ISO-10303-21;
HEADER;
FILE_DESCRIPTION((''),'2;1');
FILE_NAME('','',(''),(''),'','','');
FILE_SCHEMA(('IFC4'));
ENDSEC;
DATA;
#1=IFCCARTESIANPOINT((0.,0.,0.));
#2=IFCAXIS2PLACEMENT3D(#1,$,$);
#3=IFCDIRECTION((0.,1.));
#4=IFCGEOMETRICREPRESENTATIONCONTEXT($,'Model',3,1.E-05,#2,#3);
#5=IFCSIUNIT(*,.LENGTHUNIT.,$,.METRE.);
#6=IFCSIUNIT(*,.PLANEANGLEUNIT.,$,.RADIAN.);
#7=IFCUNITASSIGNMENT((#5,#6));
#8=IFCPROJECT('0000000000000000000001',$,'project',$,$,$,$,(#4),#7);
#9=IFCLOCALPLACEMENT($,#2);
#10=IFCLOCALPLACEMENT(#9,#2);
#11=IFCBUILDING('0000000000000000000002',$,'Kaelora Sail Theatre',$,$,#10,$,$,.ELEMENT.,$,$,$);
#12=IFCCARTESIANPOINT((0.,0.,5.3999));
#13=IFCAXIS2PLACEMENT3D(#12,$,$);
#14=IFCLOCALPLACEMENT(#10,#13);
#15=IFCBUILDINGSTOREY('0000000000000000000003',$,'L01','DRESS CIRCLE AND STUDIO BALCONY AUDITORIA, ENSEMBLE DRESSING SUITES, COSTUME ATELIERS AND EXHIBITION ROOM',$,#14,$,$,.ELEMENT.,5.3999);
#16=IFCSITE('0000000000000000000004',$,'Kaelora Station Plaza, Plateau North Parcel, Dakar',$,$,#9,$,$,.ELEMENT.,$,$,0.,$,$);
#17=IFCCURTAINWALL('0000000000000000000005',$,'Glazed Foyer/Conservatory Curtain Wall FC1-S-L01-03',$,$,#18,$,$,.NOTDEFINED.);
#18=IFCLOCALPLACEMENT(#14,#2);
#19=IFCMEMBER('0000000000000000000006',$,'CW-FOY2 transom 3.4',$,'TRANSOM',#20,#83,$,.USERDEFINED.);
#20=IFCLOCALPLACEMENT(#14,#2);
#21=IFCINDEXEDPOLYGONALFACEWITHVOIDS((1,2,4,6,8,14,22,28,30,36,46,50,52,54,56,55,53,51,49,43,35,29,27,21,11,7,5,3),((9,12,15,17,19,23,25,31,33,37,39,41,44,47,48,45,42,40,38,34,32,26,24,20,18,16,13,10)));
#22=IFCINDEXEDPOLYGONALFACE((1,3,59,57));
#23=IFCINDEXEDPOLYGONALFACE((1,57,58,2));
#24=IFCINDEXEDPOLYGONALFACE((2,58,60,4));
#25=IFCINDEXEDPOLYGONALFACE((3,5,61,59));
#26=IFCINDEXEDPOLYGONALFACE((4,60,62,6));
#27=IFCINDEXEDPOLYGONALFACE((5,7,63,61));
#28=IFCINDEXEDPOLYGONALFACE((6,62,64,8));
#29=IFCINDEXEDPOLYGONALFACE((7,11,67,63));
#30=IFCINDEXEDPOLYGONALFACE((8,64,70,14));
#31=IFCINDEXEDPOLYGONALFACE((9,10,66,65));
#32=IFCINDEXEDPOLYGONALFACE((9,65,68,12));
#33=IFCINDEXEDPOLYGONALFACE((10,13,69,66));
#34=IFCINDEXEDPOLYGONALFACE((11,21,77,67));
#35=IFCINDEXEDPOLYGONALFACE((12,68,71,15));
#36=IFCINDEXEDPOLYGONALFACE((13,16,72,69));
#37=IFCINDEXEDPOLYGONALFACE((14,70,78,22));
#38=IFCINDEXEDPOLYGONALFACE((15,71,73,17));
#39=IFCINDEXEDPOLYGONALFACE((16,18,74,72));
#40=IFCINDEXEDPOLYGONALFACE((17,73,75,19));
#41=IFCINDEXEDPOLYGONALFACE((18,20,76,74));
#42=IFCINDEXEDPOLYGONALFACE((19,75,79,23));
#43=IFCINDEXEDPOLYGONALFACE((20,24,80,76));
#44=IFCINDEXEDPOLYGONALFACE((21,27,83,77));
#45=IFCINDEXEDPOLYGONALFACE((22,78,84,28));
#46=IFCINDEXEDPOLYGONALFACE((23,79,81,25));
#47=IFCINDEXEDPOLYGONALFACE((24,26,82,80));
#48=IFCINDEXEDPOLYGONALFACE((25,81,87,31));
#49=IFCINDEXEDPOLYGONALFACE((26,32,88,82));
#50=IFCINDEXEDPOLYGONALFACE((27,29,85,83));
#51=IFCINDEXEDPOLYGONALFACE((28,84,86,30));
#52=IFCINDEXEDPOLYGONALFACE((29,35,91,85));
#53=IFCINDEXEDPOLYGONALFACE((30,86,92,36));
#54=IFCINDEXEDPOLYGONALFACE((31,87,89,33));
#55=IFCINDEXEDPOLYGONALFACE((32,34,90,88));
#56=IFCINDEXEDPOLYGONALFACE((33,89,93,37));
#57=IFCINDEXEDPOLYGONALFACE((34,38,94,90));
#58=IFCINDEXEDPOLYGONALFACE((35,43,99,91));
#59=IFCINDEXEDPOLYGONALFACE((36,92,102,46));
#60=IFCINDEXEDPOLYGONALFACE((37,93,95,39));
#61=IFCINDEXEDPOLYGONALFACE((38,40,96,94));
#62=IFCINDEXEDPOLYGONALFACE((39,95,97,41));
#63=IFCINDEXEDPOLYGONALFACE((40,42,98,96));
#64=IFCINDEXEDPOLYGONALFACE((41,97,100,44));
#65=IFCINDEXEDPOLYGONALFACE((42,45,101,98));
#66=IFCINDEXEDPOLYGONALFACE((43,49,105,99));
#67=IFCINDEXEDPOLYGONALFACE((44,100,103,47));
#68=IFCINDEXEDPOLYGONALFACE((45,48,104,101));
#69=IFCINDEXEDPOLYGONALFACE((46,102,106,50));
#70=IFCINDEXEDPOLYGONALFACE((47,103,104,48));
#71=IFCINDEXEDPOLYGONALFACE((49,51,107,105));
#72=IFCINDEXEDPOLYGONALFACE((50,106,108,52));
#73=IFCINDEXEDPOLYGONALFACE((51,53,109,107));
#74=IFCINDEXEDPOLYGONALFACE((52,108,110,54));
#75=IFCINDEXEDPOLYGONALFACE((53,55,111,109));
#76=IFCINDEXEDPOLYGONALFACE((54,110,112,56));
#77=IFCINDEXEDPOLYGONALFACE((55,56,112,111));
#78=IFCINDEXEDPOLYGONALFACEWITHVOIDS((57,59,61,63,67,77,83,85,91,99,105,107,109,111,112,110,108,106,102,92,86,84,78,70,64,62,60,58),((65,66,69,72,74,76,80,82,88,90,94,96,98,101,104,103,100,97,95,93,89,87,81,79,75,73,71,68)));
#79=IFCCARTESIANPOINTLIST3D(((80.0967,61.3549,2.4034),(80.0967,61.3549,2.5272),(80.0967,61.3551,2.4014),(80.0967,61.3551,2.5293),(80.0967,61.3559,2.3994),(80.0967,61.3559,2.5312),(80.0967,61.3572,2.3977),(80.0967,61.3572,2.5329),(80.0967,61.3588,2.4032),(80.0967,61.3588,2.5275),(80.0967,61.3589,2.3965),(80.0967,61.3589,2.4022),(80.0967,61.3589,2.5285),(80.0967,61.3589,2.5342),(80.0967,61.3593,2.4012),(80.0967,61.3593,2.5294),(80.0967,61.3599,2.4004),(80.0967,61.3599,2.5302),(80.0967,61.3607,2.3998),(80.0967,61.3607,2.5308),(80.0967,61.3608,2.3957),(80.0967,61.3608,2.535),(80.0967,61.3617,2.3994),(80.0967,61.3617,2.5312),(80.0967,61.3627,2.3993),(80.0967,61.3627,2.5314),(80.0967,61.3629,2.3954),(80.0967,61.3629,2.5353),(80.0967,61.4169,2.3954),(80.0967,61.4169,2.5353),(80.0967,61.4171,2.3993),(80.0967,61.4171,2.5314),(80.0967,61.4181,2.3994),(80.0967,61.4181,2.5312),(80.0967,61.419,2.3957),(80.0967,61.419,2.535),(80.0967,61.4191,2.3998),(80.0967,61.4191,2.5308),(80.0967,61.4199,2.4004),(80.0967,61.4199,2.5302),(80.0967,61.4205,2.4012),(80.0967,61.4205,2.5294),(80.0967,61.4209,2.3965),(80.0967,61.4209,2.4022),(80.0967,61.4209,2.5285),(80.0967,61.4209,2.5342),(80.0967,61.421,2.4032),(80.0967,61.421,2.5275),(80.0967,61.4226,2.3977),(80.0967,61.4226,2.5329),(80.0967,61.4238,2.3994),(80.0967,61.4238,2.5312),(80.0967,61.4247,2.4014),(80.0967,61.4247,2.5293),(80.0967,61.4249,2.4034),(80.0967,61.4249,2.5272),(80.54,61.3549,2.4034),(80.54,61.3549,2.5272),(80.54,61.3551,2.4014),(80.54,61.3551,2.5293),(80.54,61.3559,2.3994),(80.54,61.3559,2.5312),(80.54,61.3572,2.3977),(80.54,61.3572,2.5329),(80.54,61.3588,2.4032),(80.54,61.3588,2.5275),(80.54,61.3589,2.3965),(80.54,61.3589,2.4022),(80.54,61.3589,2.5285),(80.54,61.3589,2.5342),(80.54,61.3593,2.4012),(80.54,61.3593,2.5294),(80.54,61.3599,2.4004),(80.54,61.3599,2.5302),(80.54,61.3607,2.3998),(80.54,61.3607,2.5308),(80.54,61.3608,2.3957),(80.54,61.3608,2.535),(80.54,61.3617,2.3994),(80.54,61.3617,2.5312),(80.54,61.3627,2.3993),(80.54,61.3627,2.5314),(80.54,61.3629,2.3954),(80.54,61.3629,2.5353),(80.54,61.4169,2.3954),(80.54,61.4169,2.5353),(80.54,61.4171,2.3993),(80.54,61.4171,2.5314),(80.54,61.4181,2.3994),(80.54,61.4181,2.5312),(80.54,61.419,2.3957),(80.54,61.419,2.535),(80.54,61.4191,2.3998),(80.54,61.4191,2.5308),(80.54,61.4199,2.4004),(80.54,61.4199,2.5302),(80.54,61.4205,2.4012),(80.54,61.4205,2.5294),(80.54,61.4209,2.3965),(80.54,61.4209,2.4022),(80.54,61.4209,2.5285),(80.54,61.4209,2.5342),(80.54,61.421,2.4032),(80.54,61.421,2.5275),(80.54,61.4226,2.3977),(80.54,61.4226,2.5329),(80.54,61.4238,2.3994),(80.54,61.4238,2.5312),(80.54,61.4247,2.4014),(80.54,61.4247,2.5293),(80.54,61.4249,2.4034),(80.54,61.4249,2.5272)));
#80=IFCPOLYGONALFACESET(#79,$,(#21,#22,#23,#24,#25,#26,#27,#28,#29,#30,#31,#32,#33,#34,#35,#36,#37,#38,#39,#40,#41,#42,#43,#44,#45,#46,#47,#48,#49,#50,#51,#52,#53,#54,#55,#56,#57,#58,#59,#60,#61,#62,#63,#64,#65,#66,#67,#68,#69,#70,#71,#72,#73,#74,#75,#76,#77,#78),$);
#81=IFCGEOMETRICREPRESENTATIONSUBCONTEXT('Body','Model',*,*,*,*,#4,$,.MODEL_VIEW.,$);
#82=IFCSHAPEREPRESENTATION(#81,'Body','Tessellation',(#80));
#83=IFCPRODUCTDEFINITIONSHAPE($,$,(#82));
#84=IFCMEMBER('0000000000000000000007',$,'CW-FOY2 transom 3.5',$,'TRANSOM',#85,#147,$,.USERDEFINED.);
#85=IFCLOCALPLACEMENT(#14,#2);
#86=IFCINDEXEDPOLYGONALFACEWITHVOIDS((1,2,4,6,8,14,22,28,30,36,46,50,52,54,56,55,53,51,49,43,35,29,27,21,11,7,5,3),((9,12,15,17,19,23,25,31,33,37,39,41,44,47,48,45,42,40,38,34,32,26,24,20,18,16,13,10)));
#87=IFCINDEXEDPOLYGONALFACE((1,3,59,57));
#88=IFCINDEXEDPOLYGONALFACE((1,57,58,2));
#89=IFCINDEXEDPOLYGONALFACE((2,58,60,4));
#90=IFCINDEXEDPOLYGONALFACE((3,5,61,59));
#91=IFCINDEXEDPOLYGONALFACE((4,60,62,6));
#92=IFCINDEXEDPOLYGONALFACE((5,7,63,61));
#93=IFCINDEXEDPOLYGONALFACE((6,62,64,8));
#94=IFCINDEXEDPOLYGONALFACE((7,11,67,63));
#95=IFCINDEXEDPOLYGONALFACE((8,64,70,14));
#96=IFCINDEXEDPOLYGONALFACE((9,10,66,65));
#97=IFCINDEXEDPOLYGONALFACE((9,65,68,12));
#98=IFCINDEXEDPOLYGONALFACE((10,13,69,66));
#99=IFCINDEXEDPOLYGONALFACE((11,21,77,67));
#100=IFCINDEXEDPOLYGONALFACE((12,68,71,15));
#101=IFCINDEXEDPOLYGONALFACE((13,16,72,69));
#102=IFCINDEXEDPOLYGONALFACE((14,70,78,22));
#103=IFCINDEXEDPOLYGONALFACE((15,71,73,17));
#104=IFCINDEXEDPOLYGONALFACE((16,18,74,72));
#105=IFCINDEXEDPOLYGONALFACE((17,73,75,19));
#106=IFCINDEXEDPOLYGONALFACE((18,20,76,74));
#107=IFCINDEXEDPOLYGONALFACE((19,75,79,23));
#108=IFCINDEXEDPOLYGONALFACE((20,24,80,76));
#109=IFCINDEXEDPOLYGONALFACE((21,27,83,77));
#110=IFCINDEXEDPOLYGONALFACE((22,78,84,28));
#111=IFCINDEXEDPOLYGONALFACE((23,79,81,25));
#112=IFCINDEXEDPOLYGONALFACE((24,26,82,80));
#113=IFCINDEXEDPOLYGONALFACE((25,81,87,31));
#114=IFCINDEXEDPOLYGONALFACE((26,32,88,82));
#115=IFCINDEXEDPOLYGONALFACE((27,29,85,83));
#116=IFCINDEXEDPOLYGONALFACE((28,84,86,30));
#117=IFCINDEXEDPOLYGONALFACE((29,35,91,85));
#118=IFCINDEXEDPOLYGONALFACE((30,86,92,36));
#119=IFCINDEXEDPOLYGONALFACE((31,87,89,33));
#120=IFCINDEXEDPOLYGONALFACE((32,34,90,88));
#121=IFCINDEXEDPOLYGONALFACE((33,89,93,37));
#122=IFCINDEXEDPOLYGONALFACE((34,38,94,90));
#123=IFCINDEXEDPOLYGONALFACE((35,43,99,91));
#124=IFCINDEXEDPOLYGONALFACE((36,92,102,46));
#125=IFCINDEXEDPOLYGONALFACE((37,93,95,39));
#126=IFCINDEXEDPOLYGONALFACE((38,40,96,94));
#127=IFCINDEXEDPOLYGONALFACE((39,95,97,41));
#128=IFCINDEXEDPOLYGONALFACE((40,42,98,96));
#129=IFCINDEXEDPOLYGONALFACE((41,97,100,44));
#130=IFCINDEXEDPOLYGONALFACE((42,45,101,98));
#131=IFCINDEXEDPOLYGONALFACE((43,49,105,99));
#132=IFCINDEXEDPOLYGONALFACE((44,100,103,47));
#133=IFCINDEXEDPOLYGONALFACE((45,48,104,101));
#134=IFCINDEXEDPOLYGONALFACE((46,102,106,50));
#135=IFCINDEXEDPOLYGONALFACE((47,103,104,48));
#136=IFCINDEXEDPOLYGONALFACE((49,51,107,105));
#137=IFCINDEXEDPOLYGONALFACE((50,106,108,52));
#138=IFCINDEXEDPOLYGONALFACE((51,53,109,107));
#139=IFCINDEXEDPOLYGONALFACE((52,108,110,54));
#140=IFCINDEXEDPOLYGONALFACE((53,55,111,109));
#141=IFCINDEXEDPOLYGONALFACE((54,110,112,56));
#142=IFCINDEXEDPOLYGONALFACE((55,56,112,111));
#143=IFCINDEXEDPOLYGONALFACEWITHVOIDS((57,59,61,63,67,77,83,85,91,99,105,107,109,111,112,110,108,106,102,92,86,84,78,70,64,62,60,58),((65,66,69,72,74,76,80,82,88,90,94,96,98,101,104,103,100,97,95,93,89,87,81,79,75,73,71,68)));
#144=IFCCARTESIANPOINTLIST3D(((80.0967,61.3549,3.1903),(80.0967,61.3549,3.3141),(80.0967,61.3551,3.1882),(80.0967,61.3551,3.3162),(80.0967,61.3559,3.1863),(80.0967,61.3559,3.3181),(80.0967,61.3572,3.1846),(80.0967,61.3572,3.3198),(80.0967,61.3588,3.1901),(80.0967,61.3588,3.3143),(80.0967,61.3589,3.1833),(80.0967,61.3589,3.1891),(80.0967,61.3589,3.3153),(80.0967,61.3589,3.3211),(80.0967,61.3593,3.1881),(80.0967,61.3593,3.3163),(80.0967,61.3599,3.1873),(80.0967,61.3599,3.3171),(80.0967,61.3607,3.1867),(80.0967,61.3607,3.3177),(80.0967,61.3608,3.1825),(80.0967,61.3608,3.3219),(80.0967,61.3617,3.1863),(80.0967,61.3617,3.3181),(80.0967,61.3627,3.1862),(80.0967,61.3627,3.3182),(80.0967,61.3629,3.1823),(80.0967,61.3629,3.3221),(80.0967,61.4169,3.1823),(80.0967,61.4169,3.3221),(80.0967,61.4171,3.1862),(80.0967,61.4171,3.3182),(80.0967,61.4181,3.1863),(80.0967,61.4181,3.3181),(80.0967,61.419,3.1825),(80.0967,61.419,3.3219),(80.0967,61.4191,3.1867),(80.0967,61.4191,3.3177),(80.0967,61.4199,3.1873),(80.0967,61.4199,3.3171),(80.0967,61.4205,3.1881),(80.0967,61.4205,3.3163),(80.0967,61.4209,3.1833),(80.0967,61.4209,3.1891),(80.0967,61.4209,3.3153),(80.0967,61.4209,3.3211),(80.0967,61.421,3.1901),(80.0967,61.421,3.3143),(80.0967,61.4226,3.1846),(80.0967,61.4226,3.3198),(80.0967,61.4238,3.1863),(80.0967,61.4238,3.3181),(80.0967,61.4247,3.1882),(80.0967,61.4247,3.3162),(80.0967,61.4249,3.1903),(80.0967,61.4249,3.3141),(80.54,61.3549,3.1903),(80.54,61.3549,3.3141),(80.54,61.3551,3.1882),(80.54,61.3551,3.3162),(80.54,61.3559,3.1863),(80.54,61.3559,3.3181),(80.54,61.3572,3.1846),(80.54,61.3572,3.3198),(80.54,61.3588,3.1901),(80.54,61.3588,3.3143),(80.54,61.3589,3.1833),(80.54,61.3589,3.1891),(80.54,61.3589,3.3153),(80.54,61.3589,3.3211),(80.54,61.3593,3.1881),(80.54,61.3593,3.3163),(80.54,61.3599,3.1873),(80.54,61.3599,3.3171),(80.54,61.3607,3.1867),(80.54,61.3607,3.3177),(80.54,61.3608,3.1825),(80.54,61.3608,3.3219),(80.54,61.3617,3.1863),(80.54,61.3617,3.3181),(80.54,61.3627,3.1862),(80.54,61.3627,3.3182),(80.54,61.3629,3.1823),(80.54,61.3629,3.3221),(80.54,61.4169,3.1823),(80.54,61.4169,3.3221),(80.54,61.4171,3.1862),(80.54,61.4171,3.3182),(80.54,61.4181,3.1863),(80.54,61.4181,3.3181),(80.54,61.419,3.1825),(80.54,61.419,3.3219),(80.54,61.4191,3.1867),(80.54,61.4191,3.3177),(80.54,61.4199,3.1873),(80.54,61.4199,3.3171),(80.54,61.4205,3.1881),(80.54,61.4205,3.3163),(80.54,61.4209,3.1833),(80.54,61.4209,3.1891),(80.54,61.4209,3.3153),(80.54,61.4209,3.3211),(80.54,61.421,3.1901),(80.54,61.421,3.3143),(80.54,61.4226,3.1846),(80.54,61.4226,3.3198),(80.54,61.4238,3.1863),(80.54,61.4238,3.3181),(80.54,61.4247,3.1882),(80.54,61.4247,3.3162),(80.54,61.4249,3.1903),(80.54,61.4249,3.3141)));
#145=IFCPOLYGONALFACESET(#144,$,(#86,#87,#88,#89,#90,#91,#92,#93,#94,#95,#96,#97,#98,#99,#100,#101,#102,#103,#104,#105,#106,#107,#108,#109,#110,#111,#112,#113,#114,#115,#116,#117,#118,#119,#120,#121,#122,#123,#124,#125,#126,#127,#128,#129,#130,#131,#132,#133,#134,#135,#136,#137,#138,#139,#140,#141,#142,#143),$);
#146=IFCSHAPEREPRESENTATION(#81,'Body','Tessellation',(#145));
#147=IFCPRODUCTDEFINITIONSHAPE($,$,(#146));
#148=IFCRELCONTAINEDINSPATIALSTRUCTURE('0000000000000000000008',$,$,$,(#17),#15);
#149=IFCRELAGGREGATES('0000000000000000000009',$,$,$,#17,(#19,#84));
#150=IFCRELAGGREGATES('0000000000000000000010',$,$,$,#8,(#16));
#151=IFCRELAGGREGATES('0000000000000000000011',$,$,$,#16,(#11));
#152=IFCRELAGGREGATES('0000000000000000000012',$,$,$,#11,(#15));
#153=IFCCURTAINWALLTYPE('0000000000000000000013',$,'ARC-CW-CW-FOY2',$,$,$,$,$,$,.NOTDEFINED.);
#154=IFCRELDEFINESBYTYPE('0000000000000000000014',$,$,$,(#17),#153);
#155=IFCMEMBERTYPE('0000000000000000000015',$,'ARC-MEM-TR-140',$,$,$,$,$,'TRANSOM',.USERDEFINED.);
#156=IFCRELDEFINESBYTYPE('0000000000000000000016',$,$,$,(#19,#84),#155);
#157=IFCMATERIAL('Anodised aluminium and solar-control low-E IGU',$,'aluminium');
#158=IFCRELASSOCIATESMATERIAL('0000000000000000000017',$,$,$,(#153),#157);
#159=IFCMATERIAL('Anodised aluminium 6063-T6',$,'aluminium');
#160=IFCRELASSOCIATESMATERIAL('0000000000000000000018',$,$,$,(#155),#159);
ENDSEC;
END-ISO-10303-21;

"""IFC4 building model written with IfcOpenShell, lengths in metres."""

from ifc_helpers import new_model, si_unit, direction, frame, origin, origin_2d, place, context, subcontext, project, spatial, hollow_rectangle, extrude, material, material_profile, profile_set, type_object, element, aggregate, save


model = new_model("IFC4")

# Units and contexts
model_context = context("Model", 3, precision=1e-05, world=origin(), true_north=direction((0.0, 1.0)))
body_context = subcontext(model_context, "Body", "Model", "MODEL_VIEW")
ifc_project = project(units=[si_unit("LENGTHUNIT", "METRE"), si_unit("PLANEANGLEUNIT", "RADIAN")], contexts=[model_context])

# Site, building, storey
site_placement = place(None, origin())
site = spatial("IfcSite", under=ifc_project, at=site_placement, Name="Kaelora Station Plaza, Plateau North Parcel, Dakar", CompositionType="ELEMENT", RefElevation=0.0)
building_placement = place(site_placement, origin())
building = spatial("IfcBuilding", under=site, at=building_placement, Name="Kaelora Sail Theatre", CompositionType="ELEMENT")
storey_placement = place(building_placement, frame((0.0, 0.0, 5.3999)))
storey = spatial("IfcBuildingStorey", under=building, at=storey_placement, Name="L01", Description="DRESS CIRCLE AND STUDIO BALCONY AUDITORIA, ENSEMBLE DRESSING SUITES, COSTUME ATELIERS AND EXHIBITION ROOM", CompositionType="ELEMENT", Elevation=5.3999)

# Curtain wall
ifc_material_1 = material(Name="Anodised aluminium and solar-control low-E IGU", Category="aluminium")
curtain_wall_type = type_object("IfcCurtainWallType", Name="ARC-CW-CW-FOY2", PredefinedType="NOTDEFINED", material=ifc_material_1)
curtain_wall_1_placement = place(storey_placement, origin())
curtain_wall_1 = element("IfcCurtainWall", 1, at=curtain_wall_1_placement, inside=storey, type_object=curtain_wall_type, Name="Glazed Foyer/Conservatory Curtain Wall FC1-S-L01-03", PredefinedType="NOTDEFINED")

# Members
ifc_material_2 = material(Name="Anodised aluminium 6063-T6", Category="aluminium")
ifc_material_profile_1 = material_profile(ifc_material_2, hollow_rectangle(XDim=0.0701, YDim=0.1399, WallThickness=0.0039, InnerFilletRadius=0.0039, OuterFilletRadius=0.0081, at=origin_2d()), Name="ALU-TRAN 70x140x4")
ifc_profile_set_1 = profile_set([ifc_material_profile_1], Name="Anodised aluminium 6063-T6")
member_type_1 = type_object("IfcMemberType", Name="ARC-MEM-TR-140", ElementType="TRANSOM", PredefinedType="USERDEFINED", material=ifc_profile_set_1)
member_1_placement = place(storey_placement, frame((80.0967, 61.3899, 2.4653), z_axis=(1.0, 0.0, 0.0), x_axis=(0.0, 1.0, 0.0)))
member_1 = element("IfcMember", 2, at=member_1_placement, type_object=member_type_1, Name="CW-FOY2 transom 3.4", ObjectType="TRANSOM", PredefinedType="USERDEFINED", context=body_context, shape_type="SweptSolid", body=[
    extrude(hollow_rectangle(XDim=0.0701, YDim=0.1399, WallThickness=0.0039, InnerFilletRadius=0.0039, OuterFilletRadius=0.0081, at=origin_2d()), origin(), (0.0, 0.0, 1.0), 0.4434),
])
member_2_placement = place(storey_placement, frame((80.0967, 61.3899, 3.2522), z_axis=(1.0, 0.0, 0.0), x_axis=(0.0, 1.0, 0.0)))
member_2 = element("IfcMember", 3, at=member_2_placement, type_object=member_type_1, Name="CW-FOY2 transom 3.5", ObjectType="TRANSOM", PredefinedType="USERDEFINED", context=body_context, shape_type="SweptSolid", body=[
    extrude(hollow_rectangle(XDim=0.0701, YDim=0.1399, WallThickness=0.0039, InnerFilletRadius=0.0039, OuterFilletRadius=0.0081, at=origin_2d()), origin(), (0.0, 0.0, 1.0), 0.4434),
])

aggregate(curtain_wall_1, [member_1, member_2])

save(model, "model.ifc")
